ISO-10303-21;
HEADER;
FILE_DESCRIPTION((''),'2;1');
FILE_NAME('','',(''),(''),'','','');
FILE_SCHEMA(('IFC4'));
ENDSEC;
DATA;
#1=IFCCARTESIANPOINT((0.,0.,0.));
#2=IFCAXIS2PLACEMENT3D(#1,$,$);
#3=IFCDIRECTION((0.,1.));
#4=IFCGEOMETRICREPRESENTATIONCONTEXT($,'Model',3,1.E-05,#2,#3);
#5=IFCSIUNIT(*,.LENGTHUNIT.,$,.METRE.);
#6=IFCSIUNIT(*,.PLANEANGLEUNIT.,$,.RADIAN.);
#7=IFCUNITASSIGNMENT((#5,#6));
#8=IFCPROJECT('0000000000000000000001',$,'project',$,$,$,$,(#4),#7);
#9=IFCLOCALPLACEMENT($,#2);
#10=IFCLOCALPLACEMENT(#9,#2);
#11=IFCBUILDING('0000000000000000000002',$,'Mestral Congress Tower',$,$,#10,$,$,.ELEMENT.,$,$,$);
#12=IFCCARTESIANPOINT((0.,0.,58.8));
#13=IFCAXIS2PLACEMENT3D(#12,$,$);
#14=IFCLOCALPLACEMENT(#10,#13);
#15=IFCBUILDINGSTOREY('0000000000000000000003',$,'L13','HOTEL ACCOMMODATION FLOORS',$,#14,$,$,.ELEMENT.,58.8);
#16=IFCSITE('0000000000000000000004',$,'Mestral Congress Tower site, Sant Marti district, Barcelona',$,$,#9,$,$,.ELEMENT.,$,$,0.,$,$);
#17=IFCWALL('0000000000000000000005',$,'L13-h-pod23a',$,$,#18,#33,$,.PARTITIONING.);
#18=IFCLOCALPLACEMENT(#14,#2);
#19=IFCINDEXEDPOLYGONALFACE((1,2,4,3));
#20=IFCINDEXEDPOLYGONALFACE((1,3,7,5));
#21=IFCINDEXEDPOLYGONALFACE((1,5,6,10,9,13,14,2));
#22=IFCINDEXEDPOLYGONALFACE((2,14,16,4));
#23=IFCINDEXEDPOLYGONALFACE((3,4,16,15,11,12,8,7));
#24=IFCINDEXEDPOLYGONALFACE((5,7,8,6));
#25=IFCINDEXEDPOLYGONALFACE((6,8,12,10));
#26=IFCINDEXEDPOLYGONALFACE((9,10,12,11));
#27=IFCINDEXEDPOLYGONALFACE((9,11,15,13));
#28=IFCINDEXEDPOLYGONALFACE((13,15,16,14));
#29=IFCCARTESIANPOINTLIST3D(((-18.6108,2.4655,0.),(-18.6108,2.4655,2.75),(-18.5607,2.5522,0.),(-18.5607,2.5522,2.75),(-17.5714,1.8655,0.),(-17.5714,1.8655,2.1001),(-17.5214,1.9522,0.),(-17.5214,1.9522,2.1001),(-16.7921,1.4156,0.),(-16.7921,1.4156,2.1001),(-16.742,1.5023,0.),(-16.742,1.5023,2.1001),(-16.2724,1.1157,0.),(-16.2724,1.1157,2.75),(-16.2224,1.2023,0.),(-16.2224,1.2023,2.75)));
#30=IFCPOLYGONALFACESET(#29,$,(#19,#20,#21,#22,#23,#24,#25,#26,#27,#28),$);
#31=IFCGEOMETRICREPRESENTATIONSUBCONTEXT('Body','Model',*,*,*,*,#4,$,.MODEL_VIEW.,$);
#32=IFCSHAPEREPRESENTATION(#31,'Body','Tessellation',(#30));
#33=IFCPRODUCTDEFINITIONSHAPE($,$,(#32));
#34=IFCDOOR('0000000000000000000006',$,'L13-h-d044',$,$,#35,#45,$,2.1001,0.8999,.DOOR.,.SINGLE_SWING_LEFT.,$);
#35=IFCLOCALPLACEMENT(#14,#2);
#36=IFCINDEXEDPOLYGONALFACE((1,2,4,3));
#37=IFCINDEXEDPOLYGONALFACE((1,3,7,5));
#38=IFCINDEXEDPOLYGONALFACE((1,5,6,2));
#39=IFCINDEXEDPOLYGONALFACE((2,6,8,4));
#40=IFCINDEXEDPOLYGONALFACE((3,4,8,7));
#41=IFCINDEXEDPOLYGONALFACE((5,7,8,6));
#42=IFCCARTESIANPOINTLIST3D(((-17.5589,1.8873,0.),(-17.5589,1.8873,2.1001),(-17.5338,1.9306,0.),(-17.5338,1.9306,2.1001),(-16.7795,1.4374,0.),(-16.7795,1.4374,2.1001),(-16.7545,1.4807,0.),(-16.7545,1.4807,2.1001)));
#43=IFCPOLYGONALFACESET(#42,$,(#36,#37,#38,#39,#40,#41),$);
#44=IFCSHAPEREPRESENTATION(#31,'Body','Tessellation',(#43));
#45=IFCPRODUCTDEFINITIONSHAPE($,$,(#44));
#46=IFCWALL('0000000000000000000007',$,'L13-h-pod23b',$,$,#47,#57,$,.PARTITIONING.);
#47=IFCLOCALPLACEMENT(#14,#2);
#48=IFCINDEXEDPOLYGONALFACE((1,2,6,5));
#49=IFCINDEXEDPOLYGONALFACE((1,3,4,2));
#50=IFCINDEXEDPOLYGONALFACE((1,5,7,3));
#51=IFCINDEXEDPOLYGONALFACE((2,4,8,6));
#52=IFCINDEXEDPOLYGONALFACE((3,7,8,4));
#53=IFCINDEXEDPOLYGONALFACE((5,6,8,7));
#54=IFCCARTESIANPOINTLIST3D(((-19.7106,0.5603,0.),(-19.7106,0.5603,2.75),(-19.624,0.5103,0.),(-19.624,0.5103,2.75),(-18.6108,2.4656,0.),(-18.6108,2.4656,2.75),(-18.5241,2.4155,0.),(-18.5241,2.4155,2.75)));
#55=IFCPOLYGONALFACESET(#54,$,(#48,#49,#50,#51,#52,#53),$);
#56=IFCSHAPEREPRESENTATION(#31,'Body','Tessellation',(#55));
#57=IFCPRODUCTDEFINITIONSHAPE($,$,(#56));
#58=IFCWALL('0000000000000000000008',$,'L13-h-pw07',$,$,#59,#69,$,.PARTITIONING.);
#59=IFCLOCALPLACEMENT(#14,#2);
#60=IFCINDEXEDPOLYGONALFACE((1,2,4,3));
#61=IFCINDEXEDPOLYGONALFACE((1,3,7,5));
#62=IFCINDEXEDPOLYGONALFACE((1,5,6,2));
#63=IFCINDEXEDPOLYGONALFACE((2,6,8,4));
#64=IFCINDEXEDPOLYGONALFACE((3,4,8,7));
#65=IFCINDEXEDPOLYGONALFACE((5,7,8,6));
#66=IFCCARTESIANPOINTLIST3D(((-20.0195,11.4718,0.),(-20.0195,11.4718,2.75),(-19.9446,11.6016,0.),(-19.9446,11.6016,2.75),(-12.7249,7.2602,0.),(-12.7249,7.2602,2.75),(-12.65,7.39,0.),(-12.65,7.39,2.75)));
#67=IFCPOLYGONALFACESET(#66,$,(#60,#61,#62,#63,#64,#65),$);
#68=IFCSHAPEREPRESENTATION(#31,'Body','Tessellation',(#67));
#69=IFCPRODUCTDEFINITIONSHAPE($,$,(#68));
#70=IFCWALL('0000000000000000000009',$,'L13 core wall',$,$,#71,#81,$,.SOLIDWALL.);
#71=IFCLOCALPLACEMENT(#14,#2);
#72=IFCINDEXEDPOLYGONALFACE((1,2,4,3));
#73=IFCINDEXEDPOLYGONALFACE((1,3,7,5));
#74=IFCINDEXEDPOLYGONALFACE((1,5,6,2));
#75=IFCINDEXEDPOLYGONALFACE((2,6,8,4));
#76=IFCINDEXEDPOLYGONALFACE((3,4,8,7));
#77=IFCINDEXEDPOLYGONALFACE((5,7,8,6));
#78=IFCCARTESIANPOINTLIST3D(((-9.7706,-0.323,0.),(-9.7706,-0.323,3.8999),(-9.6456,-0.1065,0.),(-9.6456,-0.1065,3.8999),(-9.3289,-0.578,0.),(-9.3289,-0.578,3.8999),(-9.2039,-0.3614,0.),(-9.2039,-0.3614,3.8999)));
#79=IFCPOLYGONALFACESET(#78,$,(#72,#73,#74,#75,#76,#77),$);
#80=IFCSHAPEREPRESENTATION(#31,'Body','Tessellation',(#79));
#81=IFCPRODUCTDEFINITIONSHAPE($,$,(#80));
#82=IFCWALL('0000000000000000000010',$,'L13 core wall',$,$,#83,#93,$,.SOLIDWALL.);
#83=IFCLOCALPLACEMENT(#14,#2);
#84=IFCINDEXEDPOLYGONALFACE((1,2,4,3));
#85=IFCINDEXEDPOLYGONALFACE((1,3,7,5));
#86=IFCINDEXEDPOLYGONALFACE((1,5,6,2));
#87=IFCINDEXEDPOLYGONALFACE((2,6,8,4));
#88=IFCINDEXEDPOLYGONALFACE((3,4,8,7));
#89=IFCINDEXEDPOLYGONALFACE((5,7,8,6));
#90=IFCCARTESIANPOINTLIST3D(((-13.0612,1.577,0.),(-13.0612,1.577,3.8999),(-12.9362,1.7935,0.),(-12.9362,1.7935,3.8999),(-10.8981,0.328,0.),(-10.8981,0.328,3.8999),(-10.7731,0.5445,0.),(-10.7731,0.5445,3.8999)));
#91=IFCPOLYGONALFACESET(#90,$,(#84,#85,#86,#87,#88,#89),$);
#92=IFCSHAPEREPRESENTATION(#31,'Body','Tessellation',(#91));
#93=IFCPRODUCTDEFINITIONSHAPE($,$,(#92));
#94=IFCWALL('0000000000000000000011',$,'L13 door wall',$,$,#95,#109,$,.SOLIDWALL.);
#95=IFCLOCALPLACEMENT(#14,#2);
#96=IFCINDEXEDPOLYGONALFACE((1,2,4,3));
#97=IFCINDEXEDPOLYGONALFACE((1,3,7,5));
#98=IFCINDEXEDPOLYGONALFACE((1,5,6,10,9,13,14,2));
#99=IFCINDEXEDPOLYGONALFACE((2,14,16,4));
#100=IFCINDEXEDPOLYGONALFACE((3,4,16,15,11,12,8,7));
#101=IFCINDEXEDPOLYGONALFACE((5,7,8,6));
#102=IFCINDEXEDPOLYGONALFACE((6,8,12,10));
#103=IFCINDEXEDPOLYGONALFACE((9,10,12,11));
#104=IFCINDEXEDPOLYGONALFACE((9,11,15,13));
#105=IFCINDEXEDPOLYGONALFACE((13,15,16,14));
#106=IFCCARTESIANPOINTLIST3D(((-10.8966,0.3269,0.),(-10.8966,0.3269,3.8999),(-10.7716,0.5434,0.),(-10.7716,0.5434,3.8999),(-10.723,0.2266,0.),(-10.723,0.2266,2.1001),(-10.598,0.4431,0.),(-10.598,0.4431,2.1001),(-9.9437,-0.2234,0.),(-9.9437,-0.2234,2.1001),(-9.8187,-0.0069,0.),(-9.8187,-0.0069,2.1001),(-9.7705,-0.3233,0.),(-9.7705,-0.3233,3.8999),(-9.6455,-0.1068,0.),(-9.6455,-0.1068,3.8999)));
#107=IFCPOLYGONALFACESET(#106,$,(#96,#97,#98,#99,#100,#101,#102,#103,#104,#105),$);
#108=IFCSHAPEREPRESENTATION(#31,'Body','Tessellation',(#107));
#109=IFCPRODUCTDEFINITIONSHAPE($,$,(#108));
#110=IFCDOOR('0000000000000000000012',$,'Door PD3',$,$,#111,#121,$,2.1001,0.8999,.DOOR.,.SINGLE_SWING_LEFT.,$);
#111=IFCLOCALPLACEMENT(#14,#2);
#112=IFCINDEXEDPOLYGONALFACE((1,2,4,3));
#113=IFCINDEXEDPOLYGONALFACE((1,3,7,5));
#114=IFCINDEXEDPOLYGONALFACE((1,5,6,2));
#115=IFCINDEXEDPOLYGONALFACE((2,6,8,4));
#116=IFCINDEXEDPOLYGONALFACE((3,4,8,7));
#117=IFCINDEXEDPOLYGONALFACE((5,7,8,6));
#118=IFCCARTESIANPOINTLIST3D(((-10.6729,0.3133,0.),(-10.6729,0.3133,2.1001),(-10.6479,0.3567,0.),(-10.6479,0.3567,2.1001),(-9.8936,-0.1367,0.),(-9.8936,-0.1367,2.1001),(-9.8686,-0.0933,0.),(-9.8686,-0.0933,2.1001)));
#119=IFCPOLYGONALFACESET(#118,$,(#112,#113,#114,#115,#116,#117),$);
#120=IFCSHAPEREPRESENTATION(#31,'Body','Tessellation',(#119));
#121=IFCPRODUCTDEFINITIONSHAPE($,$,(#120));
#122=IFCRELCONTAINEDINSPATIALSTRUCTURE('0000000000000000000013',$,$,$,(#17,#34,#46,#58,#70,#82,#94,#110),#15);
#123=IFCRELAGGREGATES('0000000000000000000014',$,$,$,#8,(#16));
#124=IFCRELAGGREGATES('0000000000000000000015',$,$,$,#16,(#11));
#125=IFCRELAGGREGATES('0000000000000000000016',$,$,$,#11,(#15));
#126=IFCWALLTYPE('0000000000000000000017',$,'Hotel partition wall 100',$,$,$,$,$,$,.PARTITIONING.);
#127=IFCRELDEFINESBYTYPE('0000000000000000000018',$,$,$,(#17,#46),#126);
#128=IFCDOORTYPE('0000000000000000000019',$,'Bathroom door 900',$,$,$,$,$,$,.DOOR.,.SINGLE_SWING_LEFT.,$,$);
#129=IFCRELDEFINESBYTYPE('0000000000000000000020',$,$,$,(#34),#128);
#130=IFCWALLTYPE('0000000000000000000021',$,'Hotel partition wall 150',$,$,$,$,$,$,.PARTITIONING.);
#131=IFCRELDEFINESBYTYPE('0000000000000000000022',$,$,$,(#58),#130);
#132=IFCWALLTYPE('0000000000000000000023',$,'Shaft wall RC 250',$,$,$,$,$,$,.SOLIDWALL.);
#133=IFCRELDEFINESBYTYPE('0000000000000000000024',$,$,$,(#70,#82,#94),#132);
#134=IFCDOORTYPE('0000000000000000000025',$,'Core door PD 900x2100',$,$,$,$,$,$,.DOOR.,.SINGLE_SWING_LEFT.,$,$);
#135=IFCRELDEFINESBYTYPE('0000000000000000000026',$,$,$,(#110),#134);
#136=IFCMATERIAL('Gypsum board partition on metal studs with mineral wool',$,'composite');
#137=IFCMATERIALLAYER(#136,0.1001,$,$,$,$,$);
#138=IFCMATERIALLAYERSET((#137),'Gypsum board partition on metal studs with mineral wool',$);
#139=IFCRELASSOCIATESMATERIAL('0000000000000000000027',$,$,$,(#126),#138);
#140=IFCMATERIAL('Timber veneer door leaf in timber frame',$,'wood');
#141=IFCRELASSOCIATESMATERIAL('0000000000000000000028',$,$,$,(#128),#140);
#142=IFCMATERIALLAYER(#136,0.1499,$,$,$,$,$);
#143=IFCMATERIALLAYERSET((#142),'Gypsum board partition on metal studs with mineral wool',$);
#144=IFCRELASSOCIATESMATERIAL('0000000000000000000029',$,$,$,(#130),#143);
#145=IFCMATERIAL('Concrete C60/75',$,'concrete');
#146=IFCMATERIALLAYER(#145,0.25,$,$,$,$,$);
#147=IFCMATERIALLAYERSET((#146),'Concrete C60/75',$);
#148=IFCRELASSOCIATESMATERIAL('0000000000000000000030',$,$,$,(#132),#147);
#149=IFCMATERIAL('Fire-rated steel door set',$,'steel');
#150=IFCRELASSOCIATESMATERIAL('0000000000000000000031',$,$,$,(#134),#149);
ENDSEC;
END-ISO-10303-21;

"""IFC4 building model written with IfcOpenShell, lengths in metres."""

from ifc_helpers import new_model, si_unit, direction, frame, frame_2d, origin, place, context, subcontext, project, spatial, rectangle, extrude, material, layer, layer_set, type_object, element, fill, save


model = new_model("IFC4")

# Units and contexts
model_context = context("Model", 3, precision=1e-05, world=origin(), true_north=direction((0.0, 1.0)))
body_context = subcontext(model_context, "Body", "Model", "MODEL_VIEW")
ifc_project = project(units=[si_unit("LENGTHUNIT", "METRE"), si_unit("PLANEANGLEUNIT", "RADIAN")], contexts=[model_context])

# Site, building, storey
site_placement = place(None, origin())
site = spatial("IfcSite", under=ifc_project, at=site_placement, Name="Mestral Congress Tower site, Sant Marti district, Barcelona", CompositionType="ELEMENT", RefElevation=0.0)
building_placement = place(site_placement, origin())
building = spatial("IfcBuilding", under=site, at=building_placement, Name="Mestral Congress Tower", CompositionType="ELEMENT")
storey_placement = place(building_placement, frame((0.0, 0.0, 58.8)))
storey = spatial("IfcBuildingStorey", under=building, at=storey_placement, Name="L13", Description="HOTEL ACCOMMODATION FLOORS", CompositionType="ELEMENT", Elevation=58.8)

# Shared definitions
ifc_material_1 = material(Name="Fire-rated steel door set", Category="steel")

# Shared definitions
ifc_material_2 = material(Name="Concrete C60/75", Category="concrete")

# Wall, opening, door
ifc_material_3 = material(Name="Gypsum board partition on metal studs with mineral wool", Category="composite")
ifc_layer_1 = layer(ifc_material_3, 0.1001)
ifc_layer_set_1 = layer_set([ifc_layer_1], Name="Gypsum board partition on metal studs with mineral wool")
wall_type_1 = type_object("IfcWallType", Name="Hotel partition wall 100", PredefinedType="PARTITIONING", material=ifc_layer_set_1)
wall_1_placement = place(storey_placement, frame((-16.2473, 1.1589, 0.0), z_axis=(0.0, 0.0, 1.0), x_axis=(-0.866059, 0.499942, 0.0)))
wall_1 = element("IfcWall", 1, at=wall_1_placement, inside=storey, type_object=wall_type_1, Name="L13-h-pod23a", PredefinedType="PARTITIONING", context=body_context, shape_type="SweptSolid", body=[
    extrude(rectangle(XDim=2.7, YDim=0.1001, at=frame_2d((1.3501, 0.0))), origin(), (0.0, 0.0, 1.0), 2.75),
])
opening_1_placement = place(wall_1_placement, frame((0.6001, 0.0, 0.0)))
opening_1 = element("IfcOpeningElement", 2, at=opening_1_placement, cuts=wall_1, PredefinedType="OPENING", context=body_context, shape_type="SweptSolid", body=[
    extrude(rectangle(XDim=0.8999, YDim=2.1001, at=frame_2d((0.45, 1.05))), frame((0.0, 0.0601, 0.0), z_axis=(0.0, -1.0, 0.0), x_axis=(1.0, 0.0, 0.0)), (0.0, 0.0, 1.0), 0.1201),
])
ifc_material_4 = material(Name="Timber veneer door leaf in timber frame", Category="wood")
door_type_1 = type_object("IfcDoorType", Name="Bathroom door 900", OperationType="SINGLE_SWING_LEFT", PredefinedType="DOOR", material=ifc_material_4)
door_1_placement = place(opening_1_placement, origin())
door_1 = element("IfcDoor", 3, at=door_1_placement, inside=storey, type_object=door_type_1, Name="L13-h-d044", OperationType="SINGLE_SWING_LEFT", OverallHeight=2.1001, OverallWidth=0.8999, PredefinedType="DOOR", context=body_context, shape_type="SweptSolid", body=[
    extrude(rectangle(XDim=0.8999, YDim=2.1001, at=frame_2d((0.45, 1.05))), frame((0.0, 0.0249, 0.0), z_axis=(0.0, -1.0, 0.0), x_axis=(1.0, 0.0, 0.0)), (0.0, 0.0, 1.0), 0.05),
])
fill(opening_1, door_1)

# Walls
wall_2_placement = place(storey_placement, frame((-18.5674, 2.4407, 0.0), z_axis=(0.0, 0.0, 1.0), x_axis=(-0.499947, -0.866056, 0.0)))
element("IfcWall", 4, at=wall_2_placement, inside=storey, type_object=wall_type_1, Name="L13-h-pod23b", PredefinedType="PARTITIONING", context=body_context, shape_type="SweptSolid", body=[
    extrude(rectangle(XDim=2.2, YDim=0.1001, at=frame_2d((1.1001, 0.0))), origin(), (0.0, 0.0, 1.0), 2.75),
])
ifc_layer_2 = layer(ifc_material_3, 0.1499)
ifc_layer_set_2 = layer_set([ifc_layer_2], Name="Gypsum board partition on metal studs with mineral wool")
wall_type_2 = type_object("IfcWallType", Name="Hotel partition wall 150", PredefinedType="PARTITIONING", material=ifc_layer_set_2)
wall_3_placement = place(storey_placement, frame((-19.9819, 11.5366, 0.0), z_axis=(0.0, 0.0, 1.0), x_axis=(0.866021, -0.500008, 0.0)))
element("IfcWall", 5, at=wall_3_placement, inside=storey, type_object=wall_type_2, Name="L13-h-pw07", PredefinedType="PARTITIONING", context=body_context, shape_type="SweptSolid", body=[
    extrude(rectangle(XDim=8.4231, YDim=0.1499, at=frame_2d((4.2114, 0.0))), origin(), (0.0, 0.0, 1.0), 2.75),
])
ifc_layer_3 = layer(ifc_material_2, 0.25)
ifc_layer_set_3 = layer_set([ifc_layer_3], Name="Concrete C60/75")
wall_type_3 = type_object("IfcWallType", Name="Shaft wall RC 250", PredefinedType="SOLIDWALL", material=ifc_layer_set_3)
wall_4_placement = place(storey_placement, frame((-9.708, -0.2148, 0.0), z_axis=(0.0, 0.0, 1.0), x_axis=(0.866114, -0.499847, 0.0)))
element("IfcWall", 6, at=wall_4_placement, inside=storey, type_object=wall_type_3, Name="L13 core wall", PredefinedType="SOLIDWALL", context=body_context, shape_type="SweptSolid", body=[
    extrude(rectangle(XDim=0.51, YDim=0.25, at=frame_2d((0.2549, 0.0))), origin(), (0.0, 0.0, 1.0), 3.8999),
])
wall_5_placement = place(storey_placement, frame((-12.9988, 1.6853, 0.0), z_axis=(0.0, 0.0, 1.0), x_axis=(0.865997, -0.50005, 0.0)))
element("IfcWall", 7, at=wall_5_placement, inside=storey, type_object=wall_type_3, Name="L13 core wall", PredefinedType="SOLIDWALL", context=body_context, shape_type="SweptSolid", body=[
    extrude(rectangle(XDim=2.4978, YDim=0.25, at=frame_2d((1.249, 0.0))), origin(), (0.0, 0.0, 1.0), 3.8999),
])

# Wall, opening, door
wall_6_placement = place(storey_placement, frame((-9.708, -0.2151, 0.0), z_axis=(0.0, 0.0, 1.0), x_axis=(-0.866004, 0.500037, 0.0)))
wall_6 = element("IfcWall", 8, at=wall_6_placement, inside=storey, type_object=wall_type_3, Name="L13 door wall", PredefinedType="SOLIDWALL", context=body_context, shape_type="SweptSolid", body=[
    extrude(rectangle(XDim=1.3003, YDim=0.25, at=frame_2d((0.6501, 0.0))), origin(), (0.0, 0.0, 1.0), 3.8999),
])
opening_2_placement = place(wall_6_placement, frame((0.2, 0.0, 0.0)))
opening_2 = element("IfcOpeningElement", 9, at=opening_2_placement, cuts=wall_6, PredefinedType="OPENING", context=body_context, shape_type="SweptSolid", body=[
    extrude(rectangle(XDim=0.8999, YDim=2.1001, at=frame_2d((0.45, 1.05))), frame((0.0, 0.135, 0.0), z_axis=(0.0, -1.0, 0.0), x_axis=(1.0, 0.0, 0.0)), (0.0, 0.0, 1.0), 0.27),
])
door_type_2 = type_object("IfcDoorType", Name="Core door PD 900x2100", OperationType="SINGLE_SWING_LEFT", PredefinedType="DOOR", material=ifc_material_1)
door_2_placement = place(opening_2_placement, origin())
door_2 = element("IfcDoor", 10, at=door_2_placement, inside=storey, type_object=door_type_2, Name="Door PD3", OperationType="SINGLE_SWING_LEFT", OverallHeight=2.1001, OverallWidth=0.8999, PredefinedType="DOOR", context=body_context, shape_type="SweptSolid", body=[
    extrude(rectangle(XDim=0.8999, YDim=2.1001, at=frame_2d((0.45, 1.05))), frame((0.0, 0.0249, 0.0), z_axis=(0.0, -1.0, 0.0), x_axis=(1.0, 0.0, 0.0)), (0.0, 0.0, 1.0), 0.05),
])
fill(opening_2, door_2)

save(model, "model.ifc")
